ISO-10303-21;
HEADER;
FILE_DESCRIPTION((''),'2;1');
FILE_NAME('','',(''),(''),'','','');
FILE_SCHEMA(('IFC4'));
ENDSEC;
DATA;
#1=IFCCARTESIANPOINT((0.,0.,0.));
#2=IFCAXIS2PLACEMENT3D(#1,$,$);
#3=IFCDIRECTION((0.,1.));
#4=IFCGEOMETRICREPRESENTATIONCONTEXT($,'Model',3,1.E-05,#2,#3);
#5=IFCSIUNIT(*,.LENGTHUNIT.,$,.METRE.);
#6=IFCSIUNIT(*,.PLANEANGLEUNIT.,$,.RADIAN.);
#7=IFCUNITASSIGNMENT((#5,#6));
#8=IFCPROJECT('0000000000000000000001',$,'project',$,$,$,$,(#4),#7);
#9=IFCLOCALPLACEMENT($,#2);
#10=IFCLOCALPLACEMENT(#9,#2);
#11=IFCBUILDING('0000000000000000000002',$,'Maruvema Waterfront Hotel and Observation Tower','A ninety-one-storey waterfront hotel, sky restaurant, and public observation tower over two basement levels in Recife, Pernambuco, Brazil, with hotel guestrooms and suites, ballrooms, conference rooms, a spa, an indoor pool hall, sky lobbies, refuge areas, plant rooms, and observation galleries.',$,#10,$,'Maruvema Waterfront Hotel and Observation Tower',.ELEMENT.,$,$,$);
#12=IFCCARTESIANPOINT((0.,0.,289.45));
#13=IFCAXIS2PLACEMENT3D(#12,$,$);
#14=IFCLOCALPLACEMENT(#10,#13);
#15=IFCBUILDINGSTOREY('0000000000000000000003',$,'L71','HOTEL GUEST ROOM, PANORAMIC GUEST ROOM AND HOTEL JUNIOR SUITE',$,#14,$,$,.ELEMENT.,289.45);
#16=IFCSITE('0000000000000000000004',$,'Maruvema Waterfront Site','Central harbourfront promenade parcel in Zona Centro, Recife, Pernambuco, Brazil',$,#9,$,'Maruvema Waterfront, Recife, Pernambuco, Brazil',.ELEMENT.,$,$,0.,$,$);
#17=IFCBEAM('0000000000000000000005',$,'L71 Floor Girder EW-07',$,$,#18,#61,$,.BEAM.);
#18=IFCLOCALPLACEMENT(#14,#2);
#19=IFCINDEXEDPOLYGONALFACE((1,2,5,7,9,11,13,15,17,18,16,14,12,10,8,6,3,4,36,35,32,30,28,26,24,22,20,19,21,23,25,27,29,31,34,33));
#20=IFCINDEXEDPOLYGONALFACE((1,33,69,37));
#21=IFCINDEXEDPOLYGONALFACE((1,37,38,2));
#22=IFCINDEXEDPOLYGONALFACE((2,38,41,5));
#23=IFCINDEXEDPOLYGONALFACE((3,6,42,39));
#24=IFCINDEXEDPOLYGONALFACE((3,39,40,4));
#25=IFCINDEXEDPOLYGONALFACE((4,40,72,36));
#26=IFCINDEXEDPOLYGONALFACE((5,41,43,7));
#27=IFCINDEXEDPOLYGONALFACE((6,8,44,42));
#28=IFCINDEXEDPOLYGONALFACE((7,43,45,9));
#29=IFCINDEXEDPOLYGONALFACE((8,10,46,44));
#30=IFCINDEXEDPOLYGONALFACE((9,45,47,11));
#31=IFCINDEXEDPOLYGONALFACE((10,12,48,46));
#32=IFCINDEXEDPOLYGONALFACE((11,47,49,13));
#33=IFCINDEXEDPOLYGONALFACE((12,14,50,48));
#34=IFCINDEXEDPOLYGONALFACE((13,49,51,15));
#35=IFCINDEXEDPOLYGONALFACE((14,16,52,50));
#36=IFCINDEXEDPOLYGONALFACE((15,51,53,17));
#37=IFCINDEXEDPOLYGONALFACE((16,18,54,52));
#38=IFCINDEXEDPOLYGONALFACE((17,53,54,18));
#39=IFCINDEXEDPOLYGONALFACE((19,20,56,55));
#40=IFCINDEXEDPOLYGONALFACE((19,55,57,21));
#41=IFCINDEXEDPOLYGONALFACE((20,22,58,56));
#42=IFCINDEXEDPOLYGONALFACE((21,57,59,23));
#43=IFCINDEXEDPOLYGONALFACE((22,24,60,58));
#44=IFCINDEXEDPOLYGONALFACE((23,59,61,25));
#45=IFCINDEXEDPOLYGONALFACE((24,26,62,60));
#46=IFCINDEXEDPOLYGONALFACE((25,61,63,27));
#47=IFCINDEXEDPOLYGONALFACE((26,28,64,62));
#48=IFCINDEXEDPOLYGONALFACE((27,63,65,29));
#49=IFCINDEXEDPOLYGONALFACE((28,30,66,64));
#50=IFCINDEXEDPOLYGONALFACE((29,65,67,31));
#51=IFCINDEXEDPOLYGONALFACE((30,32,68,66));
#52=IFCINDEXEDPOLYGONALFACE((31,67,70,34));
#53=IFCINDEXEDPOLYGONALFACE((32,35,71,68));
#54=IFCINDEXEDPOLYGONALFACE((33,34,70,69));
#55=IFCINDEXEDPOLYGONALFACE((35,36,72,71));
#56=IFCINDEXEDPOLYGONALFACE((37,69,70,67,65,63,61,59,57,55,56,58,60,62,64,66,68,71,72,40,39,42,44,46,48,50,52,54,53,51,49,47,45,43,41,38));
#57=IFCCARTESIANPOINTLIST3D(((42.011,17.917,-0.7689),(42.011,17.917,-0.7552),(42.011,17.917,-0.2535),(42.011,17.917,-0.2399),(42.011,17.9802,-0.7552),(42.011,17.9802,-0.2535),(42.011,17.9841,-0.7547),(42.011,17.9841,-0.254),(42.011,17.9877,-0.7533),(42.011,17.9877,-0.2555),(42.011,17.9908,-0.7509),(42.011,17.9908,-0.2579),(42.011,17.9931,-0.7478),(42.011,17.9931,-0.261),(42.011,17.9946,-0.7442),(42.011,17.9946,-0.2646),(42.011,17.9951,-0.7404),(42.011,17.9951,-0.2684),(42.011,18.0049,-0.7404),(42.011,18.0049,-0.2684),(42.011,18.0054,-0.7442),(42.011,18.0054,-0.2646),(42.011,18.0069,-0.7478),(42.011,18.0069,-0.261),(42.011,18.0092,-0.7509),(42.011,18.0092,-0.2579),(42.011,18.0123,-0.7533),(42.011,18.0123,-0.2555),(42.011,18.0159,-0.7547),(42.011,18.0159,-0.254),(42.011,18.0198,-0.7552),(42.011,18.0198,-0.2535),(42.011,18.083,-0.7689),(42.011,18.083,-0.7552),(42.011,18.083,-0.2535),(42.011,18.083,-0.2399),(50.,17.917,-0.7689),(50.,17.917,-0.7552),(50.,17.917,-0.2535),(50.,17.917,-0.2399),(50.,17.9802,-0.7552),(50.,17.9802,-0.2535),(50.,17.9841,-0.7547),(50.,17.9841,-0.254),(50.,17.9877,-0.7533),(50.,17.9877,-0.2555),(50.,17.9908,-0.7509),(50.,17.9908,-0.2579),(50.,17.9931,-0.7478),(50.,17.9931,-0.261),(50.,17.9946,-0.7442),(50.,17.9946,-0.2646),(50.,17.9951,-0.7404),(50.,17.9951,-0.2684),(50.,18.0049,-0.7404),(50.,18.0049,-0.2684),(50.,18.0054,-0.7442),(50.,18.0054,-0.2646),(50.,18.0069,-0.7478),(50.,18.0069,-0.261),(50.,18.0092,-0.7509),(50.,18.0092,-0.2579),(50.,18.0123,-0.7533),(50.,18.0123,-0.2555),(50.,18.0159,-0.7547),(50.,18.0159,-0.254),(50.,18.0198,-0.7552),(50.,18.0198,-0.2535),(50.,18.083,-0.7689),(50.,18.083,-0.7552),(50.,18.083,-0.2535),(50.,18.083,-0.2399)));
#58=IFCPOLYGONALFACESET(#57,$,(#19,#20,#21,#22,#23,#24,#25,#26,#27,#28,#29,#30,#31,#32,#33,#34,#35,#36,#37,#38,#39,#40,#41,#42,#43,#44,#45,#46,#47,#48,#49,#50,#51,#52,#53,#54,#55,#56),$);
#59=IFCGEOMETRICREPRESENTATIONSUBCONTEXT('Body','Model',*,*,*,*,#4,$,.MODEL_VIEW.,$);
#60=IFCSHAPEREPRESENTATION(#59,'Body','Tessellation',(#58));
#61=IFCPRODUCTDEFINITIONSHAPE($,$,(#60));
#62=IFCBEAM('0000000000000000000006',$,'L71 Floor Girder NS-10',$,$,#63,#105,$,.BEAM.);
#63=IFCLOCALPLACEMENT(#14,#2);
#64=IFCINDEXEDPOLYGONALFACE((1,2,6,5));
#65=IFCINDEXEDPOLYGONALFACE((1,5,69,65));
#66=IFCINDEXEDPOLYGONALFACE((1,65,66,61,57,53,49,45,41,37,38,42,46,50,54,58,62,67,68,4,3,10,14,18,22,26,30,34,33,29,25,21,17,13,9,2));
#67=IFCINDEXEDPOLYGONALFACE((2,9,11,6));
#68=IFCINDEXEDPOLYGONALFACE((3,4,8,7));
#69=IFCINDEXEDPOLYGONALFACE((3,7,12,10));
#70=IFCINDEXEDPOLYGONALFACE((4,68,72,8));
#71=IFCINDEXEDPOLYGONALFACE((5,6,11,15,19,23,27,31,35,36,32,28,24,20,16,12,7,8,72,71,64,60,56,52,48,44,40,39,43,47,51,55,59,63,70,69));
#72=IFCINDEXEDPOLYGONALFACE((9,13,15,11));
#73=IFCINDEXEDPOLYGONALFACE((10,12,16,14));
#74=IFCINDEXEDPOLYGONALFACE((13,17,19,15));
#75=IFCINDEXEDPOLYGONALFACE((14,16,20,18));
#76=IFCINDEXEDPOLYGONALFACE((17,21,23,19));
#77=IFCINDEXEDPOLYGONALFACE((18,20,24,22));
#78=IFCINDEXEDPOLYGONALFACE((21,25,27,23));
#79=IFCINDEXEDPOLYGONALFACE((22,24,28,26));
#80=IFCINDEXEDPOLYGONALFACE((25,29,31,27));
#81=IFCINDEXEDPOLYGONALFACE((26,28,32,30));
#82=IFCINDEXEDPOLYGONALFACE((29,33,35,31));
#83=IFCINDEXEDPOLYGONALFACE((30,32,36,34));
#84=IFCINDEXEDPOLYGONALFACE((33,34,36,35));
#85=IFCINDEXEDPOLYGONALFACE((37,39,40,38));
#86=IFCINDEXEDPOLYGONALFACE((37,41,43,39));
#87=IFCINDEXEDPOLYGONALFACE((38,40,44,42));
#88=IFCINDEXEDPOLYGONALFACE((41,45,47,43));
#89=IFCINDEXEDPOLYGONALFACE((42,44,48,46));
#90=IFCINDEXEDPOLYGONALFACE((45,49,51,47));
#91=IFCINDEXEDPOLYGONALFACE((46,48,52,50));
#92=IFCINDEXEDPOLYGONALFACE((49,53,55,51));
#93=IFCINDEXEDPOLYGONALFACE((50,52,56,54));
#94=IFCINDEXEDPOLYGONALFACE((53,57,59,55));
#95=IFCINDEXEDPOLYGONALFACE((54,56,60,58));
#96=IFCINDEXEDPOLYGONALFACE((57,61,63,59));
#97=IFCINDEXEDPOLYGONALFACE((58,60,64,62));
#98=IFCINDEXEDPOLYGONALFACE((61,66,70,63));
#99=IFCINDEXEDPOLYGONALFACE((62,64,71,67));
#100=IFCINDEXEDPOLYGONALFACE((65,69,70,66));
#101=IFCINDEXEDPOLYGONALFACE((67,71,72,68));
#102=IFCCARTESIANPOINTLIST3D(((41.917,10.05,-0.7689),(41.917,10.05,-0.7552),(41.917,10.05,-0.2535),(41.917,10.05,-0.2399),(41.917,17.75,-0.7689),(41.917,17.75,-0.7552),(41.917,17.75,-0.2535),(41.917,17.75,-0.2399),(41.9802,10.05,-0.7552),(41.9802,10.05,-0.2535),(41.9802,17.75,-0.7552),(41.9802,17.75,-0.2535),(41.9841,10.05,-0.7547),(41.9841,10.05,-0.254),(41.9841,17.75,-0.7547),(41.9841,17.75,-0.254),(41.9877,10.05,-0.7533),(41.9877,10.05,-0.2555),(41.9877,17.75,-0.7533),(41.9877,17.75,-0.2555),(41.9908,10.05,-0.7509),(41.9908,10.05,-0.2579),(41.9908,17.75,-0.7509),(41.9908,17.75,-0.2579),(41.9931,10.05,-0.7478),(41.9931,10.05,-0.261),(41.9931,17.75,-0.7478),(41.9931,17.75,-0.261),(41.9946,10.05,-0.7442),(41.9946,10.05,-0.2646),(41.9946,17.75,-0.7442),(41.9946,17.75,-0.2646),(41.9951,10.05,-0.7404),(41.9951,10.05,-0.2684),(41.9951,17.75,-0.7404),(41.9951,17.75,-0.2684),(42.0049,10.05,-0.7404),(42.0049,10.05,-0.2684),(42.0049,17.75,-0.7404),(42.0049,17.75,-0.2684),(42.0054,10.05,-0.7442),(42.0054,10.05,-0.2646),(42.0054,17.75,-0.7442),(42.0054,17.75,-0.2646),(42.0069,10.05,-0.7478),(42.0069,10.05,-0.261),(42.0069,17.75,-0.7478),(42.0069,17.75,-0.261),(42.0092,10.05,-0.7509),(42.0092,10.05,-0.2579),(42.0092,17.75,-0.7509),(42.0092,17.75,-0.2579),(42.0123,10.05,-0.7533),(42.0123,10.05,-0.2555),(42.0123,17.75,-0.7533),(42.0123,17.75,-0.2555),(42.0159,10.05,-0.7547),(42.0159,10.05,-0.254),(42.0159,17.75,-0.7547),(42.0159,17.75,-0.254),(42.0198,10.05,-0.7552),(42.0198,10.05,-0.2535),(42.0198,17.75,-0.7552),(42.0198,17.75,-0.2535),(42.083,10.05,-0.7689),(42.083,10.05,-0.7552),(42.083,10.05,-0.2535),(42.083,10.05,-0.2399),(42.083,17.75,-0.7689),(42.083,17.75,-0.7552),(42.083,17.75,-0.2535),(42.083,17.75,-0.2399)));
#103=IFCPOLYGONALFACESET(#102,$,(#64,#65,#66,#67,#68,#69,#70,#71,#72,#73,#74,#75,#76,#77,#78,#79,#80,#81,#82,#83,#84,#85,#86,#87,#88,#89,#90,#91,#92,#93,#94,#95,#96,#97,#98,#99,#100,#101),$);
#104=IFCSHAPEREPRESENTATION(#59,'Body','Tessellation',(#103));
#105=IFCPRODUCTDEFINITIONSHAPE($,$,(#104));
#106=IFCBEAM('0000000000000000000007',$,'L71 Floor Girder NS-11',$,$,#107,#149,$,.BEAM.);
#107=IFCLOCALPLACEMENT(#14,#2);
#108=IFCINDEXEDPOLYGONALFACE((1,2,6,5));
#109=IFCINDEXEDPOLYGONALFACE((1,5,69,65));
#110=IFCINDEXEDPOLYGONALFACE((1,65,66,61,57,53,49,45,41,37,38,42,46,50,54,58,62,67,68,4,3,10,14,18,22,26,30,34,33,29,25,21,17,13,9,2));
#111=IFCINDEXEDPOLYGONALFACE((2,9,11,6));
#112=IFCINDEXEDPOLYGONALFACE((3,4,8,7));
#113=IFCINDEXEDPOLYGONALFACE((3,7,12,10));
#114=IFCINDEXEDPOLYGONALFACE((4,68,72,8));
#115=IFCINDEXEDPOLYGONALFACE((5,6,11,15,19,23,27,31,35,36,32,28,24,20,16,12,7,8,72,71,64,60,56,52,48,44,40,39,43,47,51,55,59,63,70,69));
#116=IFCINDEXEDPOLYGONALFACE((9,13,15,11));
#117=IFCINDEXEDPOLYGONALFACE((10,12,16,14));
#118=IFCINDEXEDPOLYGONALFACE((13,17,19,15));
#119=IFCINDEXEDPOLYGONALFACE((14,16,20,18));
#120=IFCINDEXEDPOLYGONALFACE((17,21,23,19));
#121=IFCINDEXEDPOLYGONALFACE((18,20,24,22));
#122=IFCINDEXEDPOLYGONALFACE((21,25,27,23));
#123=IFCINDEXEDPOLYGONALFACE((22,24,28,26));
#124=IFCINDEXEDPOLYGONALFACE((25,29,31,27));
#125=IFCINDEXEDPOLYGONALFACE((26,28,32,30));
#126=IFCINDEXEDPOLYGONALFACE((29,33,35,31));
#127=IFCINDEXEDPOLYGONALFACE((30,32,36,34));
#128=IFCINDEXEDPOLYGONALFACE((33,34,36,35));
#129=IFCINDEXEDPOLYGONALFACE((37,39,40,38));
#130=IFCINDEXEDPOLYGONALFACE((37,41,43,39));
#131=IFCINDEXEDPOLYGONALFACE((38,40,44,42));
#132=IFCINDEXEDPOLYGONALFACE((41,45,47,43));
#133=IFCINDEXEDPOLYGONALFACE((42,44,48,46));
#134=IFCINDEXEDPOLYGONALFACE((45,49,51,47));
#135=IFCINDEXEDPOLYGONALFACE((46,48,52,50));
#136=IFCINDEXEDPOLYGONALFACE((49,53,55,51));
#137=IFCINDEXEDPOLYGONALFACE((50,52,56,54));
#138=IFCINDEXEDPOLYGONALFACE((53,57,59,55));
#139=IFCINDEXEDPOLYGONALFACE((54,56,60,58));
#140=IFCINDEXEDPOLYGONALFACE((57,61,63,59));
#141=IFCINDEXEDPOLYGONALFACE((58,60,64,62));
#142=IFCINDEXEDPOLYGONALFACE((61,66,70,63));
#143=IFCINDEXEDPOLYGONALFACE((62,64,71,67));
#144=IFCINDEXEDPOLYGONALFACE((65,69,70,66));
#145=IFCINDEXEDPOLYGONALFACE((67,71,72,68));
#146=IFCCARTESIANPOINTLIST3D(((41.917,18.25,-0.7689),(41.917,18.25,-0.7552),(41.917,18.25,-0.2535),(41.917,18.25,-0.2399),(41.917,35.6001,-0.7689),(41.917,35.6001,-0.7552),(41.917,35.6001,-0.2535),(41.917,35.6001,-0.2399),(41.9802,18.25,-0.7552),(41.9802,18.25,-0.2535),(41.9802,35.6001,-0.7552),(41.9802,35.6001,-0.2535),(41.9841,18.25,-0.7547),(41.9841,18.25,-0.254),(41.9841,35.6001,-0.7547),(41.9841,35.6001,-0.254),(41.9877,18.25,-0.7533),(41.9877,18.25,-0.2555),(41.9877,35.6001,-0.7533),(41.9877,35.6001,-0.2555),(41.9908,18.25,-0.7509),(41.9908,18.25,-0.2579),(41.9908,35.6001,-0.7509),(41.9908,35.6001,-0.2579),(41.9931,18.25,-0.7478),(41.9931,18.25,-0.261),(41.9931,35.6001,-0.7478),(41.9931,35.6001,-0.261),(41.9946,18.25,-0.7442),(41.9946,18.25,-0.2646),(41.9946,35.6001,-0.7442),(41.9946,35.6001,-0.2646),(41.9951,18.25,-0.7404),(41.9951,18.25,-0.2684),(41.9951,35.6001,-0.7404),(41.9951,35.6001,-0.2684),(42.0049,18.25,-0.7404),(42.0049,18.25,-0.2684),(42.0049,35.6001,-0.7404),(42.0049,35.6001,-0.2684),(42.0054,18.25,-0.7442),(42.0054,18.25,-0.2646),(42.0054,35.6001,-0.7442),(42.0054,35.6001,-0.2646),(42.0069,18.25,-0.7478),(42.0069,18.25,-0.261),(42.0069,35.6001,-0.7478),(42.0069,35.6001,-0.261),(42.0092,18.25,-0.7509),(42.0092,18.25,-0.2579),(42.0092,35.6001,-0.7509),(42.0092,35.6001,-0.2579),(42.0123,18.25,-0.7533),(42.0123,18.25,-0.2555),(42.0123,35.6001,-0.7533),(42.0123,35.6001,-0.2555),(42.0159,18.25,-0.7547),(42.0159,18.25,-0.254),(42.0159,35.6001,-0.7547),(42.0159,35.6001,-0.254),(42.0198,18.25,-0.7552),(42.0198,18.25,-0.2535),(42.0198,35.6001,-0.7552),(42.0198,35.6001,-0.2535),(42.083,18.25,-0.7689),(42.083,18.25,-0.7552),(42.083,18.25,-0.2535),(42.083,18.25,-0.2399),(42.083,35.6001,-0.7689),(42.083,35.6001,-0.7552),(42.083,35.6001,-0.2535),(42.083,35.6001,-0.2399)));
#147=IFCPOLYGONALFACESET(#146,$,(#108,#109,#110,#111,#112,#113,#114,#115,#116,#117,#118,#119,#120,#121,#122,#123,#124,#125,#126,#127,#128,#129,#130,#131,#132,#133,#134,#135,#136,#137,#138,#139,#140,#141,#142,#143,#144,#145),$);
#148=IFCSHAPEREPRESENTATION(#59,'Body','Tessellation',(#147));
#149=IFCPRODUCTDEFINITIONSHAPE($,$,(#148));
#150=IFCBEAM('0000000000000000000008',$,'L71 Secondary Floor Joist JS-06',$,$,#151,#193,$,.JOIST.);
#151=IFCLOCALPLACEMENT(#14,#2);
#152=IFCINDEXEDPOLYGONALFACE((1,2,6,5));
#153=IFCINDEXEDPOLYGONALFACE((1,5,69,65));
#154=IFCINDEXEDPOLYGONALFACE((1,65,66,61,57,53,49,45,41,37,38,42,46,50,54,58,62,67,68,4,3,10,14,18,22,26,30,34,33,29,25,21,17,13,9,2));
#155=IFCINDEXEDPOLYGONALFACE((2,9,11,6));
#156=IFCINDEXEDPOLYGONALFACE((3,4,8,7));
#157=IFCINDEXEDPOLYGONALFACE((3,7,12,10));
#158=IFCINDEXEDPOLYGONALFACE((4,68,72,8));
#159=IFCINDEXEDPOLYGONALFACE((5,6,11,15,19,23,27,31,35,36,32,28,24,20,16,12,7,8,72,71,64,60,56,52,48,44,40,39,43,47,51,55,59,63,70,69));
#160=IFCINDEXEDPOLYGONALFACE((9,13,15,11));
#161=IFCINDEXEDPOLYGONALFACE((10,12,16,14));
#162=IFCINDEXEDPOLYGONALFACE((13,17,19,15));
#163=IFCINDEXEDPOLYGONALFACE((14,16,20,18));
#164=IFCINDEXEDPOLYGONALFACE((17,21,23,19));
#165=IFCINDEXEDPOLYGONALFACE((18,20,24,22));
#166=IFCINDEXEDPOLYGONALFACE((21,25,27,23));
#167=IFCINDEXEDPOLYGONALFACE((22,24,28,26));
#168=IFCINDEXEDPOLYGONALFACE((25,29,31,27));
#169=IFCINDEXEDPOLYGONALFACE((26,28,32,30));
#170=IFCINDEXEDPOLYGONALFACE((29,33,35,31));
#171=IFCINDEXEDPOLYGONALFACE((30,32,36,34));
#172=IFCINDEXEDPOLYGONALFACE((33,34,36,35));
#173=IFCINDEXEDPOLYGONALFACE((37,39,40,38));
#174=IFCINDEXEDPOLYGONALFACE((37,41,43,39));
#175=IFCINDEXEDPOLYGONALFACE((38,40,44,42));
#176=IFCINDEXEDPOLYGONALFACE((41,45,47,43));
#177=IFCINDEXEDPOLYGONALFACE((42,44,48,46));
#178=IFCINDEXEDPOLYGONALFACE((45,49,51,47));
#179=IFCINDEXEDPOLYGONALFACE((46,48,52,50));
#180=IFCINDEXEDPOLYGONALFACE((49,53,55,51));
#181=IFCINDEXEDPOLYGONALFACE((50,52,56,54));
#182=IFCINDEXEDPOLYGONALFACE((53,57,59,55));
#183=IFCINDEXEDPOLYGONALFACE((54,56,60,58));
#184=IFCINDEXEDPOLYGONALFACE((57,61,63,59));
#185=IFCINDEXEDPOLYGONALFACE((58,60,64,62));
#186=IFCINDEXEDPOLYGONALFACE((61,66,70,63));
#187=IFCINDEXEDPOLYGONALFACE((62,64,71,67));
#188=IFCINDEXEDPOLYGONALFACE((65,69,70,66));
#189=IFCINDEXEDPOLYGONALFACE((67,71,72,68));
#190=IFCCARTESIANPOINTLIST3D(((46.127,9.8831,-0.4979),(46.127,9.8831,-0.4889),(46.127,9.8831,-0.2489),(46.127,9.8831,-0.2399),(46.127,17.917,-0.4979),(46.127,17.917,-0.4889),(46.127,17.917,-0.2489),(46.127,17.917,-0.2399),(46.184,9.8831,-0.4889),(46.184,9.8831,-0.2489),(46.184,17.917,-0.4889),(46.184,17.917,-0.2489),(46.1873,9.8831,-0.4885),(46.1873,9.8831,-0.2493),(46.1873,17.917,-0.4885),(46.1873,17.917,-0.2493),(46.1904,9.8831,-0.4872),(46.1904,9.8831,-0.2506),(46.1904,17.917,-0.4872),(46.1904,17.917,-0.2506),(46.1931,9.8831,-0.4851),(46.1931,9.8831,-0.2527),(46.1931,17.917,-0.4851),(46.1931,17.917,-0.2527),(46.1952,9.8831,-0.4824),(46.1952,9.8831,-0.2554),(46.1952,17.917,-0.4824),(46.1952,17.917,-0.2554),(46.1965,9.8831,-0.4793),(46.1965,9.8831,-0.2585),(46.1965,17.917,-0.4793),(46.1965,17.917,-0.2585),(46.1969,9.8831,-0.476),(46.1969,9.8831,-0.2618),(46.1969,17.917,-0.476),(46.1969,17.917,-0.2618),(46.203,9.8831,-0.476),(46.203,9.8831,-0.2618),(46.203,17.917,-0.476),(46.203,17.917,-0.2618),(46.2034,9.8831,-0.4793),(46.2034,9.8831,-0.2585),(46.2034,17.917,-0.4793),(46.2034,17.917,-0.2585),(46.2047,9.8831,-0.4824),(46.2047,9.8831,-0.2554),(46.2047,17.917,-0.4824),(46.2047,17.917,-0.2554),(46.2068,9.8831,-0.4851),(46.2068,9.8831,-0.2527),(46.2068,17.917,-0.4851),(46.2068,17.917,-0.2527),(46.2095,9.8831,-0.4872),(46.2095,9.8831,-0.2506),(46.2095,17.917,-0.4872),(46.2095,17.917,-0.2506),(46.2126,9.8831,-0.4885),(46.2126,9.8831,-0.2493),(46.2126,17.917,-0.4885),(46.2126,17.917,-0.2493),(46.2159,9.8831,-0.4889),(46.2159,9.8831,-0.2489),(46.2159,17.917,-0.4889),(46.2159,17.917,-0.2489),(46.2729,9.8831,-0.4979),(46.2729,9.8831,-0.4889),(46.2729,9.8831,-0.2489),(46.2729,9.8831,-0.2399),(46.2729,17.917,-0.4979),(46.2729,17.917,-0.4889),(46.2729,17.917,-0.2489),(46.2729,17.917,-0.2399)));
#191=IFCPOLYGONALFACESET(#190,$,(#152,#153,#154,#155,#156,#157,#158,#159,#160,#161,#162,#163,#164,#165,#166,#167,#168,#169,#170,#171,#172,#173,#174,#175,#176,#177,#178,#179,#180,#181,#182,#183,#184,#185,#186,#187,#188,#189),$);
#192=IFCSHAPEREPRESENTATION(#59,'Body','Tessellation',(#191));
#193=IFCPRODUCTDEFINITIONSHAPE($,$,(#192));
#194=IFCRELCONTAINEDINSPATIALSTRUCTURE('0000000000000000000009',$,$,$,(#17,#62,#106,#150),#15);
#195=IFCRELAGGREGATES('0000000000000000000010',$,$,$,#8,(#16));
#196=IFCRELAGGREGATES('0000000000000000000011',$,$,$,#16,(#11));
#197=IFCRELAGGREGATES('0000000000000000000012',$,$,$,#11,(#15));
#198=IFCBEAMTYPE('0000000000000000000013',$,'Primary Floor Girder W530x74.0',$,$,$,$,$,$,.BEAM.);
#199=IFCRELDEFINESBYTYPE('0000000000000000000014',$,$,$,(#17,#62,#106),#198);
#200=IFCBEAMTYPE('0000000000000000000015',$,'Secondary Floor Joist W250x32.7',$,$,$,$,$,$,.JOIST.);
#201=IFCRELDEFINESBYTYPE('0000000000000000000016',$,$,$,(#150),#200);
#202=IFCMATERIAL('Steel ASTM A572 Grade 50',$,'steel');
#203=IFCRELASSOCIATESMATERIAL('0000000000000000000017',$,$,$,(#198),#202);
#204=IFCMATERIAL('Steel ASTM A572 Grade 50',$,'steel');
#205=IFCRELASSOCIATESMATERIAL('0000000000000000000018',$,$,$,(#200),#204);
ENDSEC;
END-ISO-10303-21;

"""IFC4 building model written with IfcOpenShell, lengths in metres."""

from ifc_helpers import new_model, si_unit, direction, frame, origin, origin_2d, place, context, subcontext, project, spatial, i_section, extrude, material, material_profile, profile_set, type_object, element, save


model = new_model("IFC4")

# Units and contexts
model_context = context("Model", 3, precision=1e-05, world=origin(), true_north=direction((0.0, 1.0)))
body_context = subcontext(model_context, "Body", "Model", "MODEL_VIEW")
ifc_project = project(units=[si_unit("LENGTHUNIT", "METRE"), si_unit("PLANEANGLEUNIT", "RADIAN")], contexts=[model_context])

# Site, building, storey
site_placement = place(None, origin())
site = spatial("IfcSite", under=ifc_project, at=site_placement, Name="Maruvema Waterfront Site", Description="Central harbourfront promenade parcel in Zona Centro, Recife, Pernambuco, Brazil", LongName="Maruvema Waterfront, Recife, Pernambuco, Brazil", CompositionType="ELEMENT", RefElevation=0.0)
building_placement = place(site_placement, origin())
building = spatial("IfcBuilding", under=site, at=building_placement, Name="Maruvema Waterfront Hotel and Observation Tower", Description="A ninety-one-storey waterfront hotel, sky restaurant, and public observation tower over two basement levels in Recife, Pernambuco, Brazil, with hotel guestrooms and suites, ballrooms, conference rooms, a spa, an indoor pool hall, sky lobbies, refuge areas, plant rooms, and observation galleries.", LongName="Maruvema Waterfront Hotel and Observation Tower", CompositionType="ELEMENT")
storey_placement = place(building_placement, frame((0.0, 0.0, 289.45)))
storey = spatial("IfcBuildingStorey", under=building, at=storey_placement, Name="L71", Description="HOTEL GUEST ROOM, PANORAMIC GUEST ROOM AND HOTEL JUNIOR SUITE", CompositionType="ELEMENT", Elevation=289.45)

# Beams
ifc_material_1 = material(Name="Steel ASTM A572 Grade 50", Category="steel")
ifc_material_profile_1 = material_profile(ifc_material_1, i_section(OverallWidth=0.166, OverallDepth=0.5291, WebThickness=0.0098, FlangeThickness=0.0137, FilletRadius=0.0149, at=origin_2d()), Name="W530x74.0")
ifc_profile_set_1 = profile_set([ifc_material_profile_1], Name="Steel ASTM A572 Grade 50")
beam_type_1 = type_object("IfcBeamType", Name="Primary Floor Girder W530x74.0", PredefinedType="BEAM", material=ifc_profile_set_1)
beam_1_placement = place(storey_placement, frame((42.011, 18.0, -0.5044), z_axis=(1.0, 0.0, 0.0), x_axis=(0.0, 1.0, 0.0)))
element("IfcBeam", 1, at=beam_1_placement, inside=storey, type_object=beam_type_1, Name="L71 Floor Girder EW-07", PredefinedType="BEAM", context=body_context, shape_type="SweptSolid", body=[
    extrude(i_section(OverallWidth=0.166, OverallDepth=0.5291, WebThickness=0.0098, FlangeThickness=0.0137, FilletRadius=0.0149, at=origin_2d()), origin(), (0.0, 0.0, 1.0), 7.989),
])
beam_2_placement = place(storey_placement, frame((42.0, 10.05, -0.5044), z_axis=(0.0, 1.0, 0.0), x_axis=(-1.0, 0.0, 0.0)))
element("IfcBeam", 2, at=beam_2_placement, inside=storey, type_object=beam_type_1, Name="L71 Floor Girder NS-10", PredefinedType="BEAM", context=body_context, shape_type="SweptSolid", body=[
    extrude(i_section(OverallWidth=0.166, OverallDepth=0.5291, WebThickness=0.0098, FlangeThickness=0.0137, FilletRadius=0.0149, at=origin_2d()), origin(), (0.0, 0.0, 1.0), 7.7),
])
beam_3_placement = place(storey_placement, frame((42.0, 18.25, -0.5044), z_axis=(0.0, 1.0, 0.0), x_axis=(-1.0, 0.0, 0.0)))
element("IfcBeam", 3, at=beam_3_placement, inside=storey, type_object=beam_type_1, Name="L71 Floor Girder NS-11", PredefinedType="BEAM", context=body_context, shape_type="SweptSolid", body=[
    extrude(i_section(OverallWidth=0.166, OverallDepth=0.5291, WebThickness=0.0098, FlangeThickness=0.0137, FilletRadius=0.0149, at=origin_2d()), origin(), (0.0, 0.0, 1.0), 17.3501),
])
ifc_material_2 = material(Name="Steel ASTM A572 Grade 50", Category="steel")
ifc_material_profile_2 = material_profile(ifc_material_2, i_section(OverallWidth=0.146, OverallDepth=0.2581, WebThickness=0.0061, FlangeThickness=0.009, FilletRadius=0.0129, at=origin_2d()), Name="W250x32.7")
ifc_profile_set_2 = profile_set([ifc_material_profile_2], Name="Steel ASTM A572 Grade 50")
beam_type_2 = type_object("IfcBeamType", Name="Secondary Floor Joist W250x32.7", PredefinedType="JOIST", material=ifc_profile_set_2)
beam_4_placement = place(storey_placement, frame((46.2, 9.8831, -0.3689), z_axis=(0.0, 1.0, 0.0), x_axis=(-1.0, 0.0, 0.0)))
element("IfcBeam", 4, at=beam_4_placement, inside=storey, type_object=beam_type_2, Name="L71 Secondary Floor Joist JS-06", PredefinedType="JOIST", context=body_context, shape_type="SweptSolid", body=[
    extrude(i_section(OverallWidth=0.146, OverallDepth=0.2581, WebThickness=0.0061, FlangeThickness=0.009, FilletRadius=0.0129, at=origin_2d()), origin(), (0.0, 0.0, 1.0), 8.0339),
])

save(model, "model.ifc")
